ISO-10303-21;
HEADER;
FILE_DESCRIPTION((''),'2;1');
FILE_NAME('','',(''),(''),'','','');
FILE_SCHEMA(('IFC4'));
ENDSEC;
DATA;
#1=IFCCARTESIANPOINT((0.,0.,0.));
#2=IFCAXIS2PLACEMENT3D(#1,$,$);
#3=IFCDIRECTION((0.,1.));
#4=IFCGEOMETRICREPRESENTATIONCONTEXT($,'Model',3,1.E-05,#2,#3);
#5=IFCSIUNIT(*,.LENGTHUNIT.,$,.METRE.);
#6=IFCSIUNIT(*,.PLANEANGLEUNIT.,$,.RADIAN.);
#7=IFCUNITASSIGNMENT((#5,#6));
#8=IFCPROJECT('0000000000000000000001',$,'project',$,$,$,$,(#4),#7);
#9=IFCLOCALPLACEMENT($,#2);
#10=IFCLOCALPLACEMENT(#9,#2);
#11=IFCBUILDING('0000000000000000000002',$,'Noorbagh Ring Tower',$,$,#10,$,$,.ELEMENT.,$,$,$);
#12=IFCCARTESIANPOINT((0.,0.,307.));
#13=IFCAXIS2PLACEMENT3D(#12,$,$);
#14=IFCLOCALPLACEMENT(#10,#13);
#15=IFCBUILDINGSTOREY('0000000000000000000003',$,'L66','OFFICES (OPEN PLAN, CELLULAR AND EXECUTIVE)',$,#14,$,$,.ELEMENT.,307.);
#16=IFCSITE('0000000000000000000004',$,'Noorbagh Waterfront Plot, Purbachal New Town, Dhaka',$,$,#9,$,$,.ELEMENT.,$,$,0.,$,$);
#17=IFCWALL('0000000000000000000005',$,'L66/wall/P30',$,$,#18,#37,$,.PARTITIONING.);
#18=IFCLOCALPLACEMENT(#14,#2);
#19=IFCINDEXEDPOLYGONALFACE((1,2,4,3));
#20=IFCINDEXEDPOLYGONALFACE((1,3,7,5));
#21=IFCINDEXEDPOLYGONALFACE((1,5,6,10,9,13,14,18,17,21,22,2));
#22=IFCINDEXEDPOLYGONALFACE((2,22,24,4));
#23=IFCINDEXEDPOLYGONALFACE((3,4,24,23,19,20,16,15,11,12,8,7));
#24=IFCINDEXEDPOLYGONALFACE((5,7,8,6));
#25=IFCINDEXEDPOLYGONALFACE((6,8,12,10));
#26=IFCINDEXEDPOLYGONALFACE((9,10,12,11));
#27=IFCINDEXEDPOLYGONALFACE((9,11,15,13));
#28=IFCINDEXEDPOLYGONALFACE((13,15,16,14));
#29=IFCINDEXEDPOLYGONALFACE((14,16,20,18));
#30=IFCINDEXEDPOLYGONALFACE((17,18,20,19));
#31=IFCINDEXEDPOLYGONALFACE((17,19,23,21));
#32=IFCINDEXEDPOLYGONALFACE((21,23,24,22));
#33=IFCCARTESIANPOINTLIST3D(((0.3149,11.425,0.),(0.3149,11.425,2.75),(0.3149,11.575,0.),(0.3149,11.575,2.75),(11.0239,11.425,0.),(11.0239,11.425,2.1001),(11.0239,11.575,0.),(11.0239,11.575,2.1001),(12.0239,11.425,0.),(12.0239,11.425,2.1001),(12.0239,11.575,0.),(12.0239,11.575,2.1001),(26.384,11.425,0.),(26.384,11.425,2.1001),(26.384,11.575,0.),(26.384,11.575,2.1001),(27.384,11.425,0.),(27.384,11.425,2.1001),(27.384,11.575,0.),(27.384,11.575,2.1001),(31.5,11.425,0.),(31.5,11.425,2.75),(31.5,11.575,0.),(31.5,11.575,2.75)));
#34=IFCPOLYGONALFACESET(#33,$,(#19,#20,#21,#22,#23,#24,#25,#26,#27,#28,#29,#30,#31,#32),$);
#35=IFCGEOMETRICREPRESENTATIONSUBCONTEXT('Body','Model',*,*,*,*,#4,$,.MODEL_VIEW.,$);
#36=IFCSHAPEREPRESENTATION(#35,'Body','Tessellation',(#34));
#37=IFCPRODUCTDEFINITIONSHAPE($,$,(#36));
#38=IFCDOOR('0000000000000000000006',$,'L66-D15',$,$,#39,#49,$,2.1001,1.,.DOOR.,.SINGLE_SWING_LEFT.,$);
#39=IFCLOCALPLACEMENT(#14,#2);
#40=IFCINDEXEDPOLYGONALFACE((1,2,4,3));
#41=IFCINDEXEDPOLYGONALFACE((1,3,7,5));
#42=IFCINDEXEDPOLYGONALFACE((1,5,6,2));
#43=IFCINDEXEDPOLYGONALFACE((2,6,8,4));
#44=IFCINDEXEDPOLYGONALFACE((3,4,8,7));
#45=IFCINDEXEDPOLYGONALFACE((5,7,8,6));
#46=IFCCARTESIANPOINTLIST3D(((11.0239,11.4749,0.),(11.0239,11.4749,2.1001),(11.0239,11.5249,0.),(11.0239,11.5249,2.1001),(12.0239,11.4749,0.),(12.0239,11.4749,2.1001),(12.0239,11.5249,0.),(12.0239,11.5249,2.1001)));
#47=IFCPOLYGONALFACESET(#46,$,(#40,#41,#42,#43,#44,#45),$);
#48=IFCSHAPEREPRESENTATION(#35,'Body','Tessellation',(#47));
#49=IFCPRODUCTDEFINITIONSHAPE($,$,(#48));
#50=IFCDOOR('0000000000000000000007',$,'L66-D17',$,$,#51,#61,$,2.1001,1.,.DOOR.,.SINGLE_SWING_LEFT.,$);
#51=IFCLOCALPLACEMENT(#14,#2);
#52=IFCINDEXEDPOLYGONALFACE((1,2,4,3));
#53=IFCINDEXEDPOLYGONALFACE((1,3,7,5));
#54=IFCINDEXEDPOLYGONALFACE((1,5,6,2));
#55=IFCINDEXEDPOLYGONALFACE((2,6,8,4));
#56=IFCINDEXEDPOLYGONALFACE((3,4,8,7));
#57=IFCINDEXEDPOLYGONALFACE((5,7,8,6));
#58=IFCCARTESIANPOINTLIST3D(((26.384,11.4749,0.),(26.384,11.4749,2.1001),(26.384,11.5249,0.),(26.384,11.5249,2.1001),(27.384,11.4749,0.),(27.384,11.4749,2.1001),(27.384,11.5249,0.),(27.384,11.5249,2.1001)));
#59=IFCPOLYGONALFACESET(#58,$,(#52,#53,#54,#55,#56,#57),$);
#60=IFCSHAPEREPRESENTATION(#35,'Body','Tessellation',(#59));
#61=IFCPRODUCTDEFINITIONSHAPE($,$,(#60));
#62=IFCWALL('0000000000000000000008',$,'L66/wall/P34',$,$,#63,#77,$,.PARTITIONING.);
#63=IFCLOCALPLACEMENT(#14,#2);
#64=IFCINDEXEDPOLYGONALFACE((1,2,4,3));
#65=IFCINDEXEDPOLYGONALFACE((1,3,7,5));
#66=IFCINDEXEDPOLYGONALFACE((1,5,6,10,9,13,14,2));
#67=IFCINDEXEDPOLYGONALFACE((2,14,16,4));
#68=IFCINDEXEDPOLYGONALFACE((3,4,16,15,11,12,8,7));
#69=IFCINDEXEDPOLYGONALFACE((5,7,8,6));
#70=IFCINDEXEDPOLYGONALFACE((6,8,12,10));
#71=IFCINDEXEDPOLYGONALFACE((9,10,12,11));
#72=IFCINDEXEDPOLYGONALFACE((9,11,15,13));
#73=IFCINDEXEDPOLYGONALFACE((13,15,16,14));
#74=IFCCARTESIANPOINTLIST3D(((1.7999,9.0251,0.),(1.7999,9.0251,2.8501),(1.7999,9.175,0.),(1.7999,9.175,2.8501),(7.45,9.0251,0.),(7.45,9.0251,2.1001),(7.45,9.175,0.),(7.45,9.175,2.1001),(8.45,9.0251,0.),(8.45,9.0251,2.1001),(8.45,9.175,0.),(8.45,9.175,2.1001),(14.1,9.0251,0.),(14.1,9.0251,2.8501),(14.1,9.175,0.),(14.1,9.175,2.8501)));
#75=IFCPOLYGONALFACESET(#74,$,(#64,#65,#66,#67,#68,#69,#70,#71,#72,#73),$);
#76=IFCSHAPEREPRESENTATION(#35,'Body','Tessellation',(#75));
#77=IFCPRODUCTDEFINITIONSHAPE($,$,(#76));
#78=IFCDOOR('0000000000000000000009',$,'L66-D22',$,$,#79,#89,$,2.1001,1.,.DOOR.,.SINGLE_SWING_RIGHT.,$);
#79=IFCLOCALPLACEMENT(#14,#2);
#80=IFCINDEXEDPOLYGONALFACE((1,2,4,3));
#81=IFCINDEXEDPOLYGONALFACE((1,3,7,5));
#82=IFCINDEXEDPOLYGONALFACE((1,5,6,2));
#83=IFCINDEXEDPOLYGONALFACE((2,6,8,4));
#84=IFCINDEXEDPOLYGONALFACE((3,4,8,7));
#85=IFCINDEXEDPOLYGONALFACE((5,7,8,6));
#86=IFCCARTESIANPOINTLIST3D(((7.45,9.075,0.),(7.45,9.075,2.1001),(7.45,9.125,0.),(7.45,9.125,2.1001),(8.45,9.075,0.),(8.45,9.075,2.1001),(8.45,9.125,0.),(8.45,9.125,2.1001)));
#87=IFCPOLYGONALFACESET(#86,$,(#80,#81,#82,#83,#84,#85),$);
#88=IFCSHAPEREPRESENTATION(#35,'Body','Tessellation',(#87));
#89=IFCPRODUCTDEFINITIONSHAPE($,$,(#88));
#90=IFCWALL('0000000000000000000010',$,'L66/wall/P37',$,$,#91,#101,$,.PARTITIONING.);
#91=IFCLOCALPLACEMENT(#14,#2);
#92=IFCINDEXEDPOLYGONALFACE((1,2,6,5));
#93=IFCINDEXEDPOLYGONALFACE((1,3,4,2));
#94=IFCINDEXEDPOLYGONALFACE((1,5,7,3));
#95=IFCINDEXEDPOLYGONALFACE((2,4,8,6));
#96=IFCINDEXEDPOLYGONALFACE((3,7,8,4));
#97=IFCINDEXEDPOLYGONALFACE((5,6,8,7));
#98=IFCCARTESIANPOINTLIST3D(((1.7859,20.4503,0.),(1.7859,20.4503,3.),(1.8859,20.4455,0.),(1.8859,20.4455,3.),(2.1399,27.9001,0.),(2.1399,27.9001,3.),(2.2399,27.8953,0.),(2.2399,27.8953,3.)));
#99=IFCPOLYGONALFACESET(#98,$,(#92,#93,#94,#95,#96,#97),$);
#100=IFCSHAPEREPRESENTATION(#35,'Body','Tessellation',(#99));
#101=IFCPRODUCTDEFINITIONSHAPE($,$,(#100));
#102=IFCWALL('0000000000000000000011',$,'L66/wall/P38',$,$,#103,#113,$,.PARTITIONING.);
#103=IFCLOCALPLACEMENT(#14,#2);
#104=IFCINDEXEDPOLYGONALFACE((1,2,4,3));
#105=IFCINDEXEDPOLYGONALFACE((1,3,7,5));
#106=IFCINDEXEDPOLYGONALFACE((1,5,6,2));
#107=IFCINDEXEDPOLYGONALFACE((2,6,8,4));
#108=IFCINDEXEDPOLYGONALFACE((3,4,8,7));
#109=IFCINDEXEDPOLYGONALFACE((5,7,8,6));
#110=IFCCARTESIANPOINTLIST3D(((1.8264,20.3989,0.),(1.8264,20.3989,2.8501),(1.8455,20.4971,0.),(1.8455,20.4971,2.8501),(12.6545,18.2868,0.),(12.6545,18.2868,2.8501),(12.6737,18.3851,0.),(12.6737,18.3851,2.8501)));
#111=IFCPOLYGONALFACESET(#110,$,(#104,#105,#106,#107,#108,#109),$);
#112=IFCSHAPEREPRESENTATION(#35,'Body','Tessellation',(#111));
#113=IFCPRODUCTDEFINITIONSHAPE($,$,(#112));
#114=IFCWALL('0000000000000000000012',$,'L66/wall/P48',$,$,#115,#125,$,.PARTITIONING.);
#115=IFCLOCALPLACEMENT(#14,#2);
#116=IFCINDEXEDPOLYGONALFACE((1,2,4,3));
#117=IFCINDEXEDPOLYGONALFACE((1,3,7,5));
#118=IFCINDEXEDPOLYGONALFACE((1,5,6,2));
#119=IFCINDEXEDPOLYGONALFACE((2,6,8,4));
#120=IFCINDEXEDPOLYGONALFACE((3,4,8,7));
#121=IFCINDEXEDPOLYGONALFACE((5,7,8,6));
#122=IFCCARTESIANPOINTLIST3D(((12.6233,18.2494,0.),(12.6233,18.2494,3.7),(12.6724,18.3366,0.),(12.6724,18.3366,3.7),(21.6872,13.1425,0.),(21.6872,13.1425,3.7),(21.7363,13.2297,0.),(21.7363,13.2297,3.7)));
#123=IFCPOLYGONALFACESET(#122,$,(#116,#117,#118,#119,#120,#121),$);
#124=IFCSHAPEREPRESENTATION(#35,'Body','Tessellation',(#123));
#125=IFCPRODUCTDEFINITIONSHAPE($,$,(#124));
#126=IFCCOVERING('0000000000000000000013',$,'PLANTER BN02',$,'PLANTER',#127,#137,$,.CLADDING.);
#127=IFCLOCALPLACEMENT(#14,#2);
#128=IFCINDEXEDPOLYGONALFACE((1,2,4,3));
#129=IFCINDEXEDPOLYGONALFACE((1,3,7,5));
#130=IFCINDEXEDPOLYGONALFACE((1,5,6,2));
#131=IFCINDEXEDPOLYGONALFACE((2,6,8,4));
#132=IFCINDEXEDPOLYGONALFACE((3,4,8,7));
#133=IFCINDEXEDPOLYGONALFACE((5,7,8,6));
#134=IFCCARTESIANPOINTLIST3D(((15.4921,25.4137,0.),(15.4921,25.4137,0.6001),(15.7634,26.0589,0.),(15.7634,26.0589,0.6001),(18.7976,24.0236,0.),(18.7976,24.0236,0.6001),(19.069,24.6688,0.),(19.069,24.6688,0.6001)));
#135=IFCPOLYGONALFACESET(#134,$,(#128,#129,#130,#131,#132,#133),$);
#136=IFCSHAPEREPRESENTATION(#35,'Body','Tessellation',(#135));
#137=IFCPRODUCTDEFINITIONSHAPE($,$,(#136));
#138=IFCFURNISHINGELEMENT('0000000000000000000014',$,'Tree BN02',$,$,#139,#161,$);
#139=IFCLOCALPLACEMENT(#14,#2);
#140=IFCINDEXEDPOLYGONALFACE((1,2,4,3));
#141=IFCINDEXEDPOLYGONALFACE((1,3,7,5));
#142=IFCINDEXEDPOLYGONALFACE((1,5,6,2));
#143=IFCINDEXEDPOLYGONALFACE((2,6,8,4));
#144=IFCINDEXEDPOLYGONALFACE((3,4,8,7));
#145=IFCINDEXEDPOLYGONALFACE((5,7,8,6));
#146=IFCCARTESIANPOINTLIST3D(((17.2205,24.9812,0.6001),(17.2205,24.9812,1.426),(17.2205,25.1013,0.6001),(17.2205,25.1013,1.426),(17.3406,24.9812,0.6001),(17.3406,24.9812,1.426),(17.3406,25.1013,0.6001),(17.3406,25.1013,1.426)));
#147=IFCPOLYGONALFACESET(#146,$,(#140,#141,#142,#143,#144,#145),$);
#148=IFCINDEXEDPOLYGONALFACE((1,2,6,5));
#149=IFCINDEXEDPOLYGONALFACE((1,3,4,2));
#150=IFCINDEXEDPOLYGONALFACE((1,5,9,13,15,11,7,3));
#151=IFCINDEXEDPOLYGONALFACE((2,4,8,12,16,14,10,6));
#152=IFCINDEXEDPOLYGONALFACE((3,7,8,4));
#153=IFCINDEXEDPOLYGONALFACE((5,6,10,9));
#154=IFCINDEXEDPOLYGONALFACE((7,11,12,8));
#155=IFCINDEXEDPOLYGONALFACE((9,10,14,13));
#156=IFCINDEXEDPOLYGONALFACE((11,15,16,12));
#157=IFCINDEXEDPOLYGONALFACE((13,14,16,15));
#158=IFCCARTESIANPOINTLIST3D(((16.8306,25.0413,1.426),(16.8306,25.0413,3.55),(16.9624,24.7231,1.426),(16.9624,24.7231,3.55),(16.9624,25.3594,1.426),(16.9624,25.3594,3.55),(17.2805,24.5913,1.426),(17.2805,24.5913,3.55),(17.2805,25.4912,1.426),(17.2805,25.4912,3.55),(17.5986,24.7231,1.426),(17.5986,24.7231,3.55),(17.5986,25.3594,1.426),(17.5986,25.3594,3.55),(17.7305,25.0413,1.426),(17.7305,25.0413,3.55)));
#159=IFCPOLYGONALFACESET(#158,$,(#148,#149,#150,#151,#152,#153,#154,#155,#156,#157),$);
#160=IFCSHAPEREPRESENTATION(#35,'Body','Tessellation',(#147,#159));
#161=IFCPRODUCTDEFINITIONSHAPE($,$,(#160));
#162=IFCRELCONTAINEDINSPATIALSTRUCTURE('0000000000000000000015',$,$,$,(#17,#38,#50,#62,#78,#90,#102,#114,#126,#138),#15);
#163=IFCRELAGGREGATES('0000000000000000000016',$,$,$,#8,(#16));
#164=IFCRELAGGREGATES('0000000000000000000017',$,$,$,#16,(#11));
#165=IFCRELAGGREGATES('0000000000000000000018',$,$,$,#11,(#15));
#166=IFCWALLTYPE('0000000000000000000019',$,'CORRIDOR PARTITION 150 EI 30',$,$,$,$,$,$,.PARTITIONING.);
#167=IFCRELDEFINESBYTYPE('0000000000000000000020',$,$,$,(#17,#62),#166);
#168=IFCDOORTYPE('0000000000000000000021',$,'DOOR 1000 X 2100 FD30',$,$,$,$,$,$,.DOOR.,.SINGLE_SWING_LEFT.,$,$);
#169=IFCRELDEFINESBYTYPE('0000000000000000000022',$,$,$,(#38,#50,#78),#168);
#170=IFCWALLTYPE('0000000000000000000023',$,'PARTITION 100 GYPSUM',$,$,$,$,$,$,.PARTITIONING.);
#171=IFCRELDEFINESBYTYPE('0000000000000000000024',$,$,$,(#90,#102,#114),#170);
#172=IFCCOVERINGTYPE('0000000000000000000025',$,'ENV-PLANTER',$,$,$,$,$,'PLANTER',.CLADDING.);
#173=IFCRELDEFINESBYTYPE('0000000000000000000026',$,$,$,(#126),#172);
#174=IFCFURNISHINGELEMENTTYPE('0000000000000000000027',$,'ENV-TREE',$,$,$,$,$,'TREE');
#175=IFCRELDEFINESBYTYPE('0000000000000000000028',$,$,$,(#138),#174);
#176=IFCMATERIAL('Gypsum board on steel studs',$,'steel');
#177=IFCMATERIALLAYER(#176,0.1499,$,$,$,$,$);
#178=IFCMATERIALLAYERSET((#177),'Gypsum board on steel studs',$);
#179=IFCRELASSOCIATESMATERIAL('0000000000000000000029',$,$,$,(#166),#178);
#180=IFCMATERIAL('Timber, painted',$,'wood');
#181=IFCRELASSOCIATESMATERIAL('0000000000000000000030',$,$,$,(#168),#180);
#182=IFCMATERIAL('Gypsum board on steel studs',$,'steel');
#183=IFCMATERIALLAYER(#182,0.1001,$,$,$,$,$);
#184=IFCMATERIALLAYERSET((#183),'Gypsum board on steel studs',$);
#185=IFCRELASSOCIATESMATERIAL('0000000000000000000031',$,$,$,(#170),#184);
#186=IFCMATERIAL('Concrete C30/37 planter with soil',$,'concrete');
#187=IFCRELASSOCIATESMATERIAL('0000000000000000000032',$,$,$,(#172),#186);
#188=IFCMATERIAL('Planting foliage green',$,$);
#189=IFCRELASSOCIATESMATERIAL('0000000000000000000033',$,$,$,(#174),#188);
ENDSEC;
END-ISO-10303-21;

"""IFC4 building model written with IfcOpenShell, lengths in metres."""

from ifc_helpers import new_model, si_unit, direction, frame, frame_2d, origin, origin_2d, place, context, subcontext, project, spatial, polyline, rectangle, outline, extrude, material, layer, layer_set, type_object, element, fill, save


model = new_model("IFC4")

# Units and contexts
model_context = context("Model", 3, precision=1e-05, world=origin(), true_north=direction((0.0, 1.0)))
body_context = subcontext(model_context, "Body", "Model", "MODEL_VIEW")
ifc_project = project(units=[si_unit("LENGTHUNIT", "METRE"), si_unit("PLANEANGLEUNIT", "RADIAN")], contexts=[model_context])

# Site, building, storey
site_placement = place(None, origin())
site = spatial("IfcSite", under=ifc_project, at=site_placement, Name="Noorbagh Waterfront Plot, Purbachal New Town, Dhaka", CompositionType="ELEMENT", RefElevation=0.0)
building_placement = place(site_placement, origin())
building = spatial("IfcBuilding", under=site, at=building_placement, Name="Noorbagh Ring Tower", CompositionType="ELEMENT")
storey_placement = place(building_placement, frame((0.0, 0.0, 307.0)))
storey = spatial("IfcBuildingStorey", under=building, at=storey_placement, Name="L66", Description="OFFICES (OPEN PLAN, CELLULAR AND EXECUTIVE)", CompositionType="ELEMENT", Elevation=307.0)

# Shared definitions
ifc_material_1 = material(Name="Gypsum board on steel studs", Category="steel")
ifc_layer_1 = layer(ifc_material_1, 0.1499)
ifc_layer_set_1 = layer_set([ifc_layer_1], Name="Gypsum board on steel studs")
wall_type_1 = type_object("IfcWallType", Name="CORRIDOR PARTITION 150 EI 30", PredefinedType="PARTITIONING", material=ifc_layer_set_1)

# Wall, openings, doors
wall_1_placement = place(storey_placement, frame((0.3149, 11.5, 0.0), z_axis=(0.0, 0.0, 1.0), x_axis=(1.0, 0.0, 0.0)))
wall_1 = element("IfcWall", 1, at=wall_1_placement, inside=storey, type_object=wall_type_1, Name="L66/wall/P30", PredefinedType="PARTITIONING", context=body_context, shape_type="SweptSolid", body=[
    extrude(rectangle(XDim=31.1851, YDim=0.1499, at=frame_2d((15.5925, 0.0))), origin(), (0.0, 0.0, 1.0), 2.75),
])
opening_1_placement = place(wall_1_placement, frame((10.709, 0.0, 0.0)))
opening_1 = element("IfcOpeningElement", 2, at=opening_1_placement, cuts=wall_1, PredefinedType="OPENING", context=body_context, shape_type="SweptSolid", body=[
    extrude(rectangle(XDim=1.0, YDim=2.1001, at=frame_2d((0.5, 1.05))), frame((0.0, 0.085, 0.0), z_axis=(0.0, -1.0, 0.0), x_axis=(1.0, 0.0, 0.0)), (0.0, 0.0, 1.0), 0.1699),
])
opening_2_placement = place(wall_1_placement, frame((26.0691, 0.0, 0.0)))
opening_2 = element("IfcOpeningElement", 3, at=opening_2_placement, cuts=wall_1, PredefinedType="OPENING", context=body_context, shape_type="SweptSolid", body=[
    extrude(rectangle(XDim=1.0, YDim=2.1001, at=frame_2d((0.5, 1.05))), frame((0.0, 0.085, 0.0), z_axis=(0.0, -1.0, 0.0), x_axis=(1.0, 0.0, 0.0)), (0.0, 0.0, 1.0), 0.1699),
])
ifc_material_2 = material(Name="Timber, painted", Category="wood")
door_type = type_object("IfcDoorType", Name="DOOR 1000 X 2100 FD30", OperationType="SINGLE_SWING_LEFT", PredefinedType="DOOR", material=ifc_material_2)
door_1_placement = place(opening_1_placement, origin())
door_1 = element("IfcDoor", 4, at=door_1_placement, inside=storey, type_object=door_type, Name="L66-D15", OperationType="SINGLE_SWING_LEFT", OverallHeight=2.1001, OverallWidth=1.0, PredefinedType="DOOR", context=body_context, shape_type="SweptSolid", body=[
    extrude(rectangle(XDim=1.0, YDim=2.1001, at=frame_2d((0.5, 1.05))), frame((0.0, 0.0249, 0.0), z_axis=(0.0, -1.0, 0.0), x_axis=(1.0, 0.0, 0.0)), (0.0, 0.0, 1.0), 0.05),
])
fill(opening_1, door_1)
door_2_placement = place(opening_2_placement, origin())
door_2 = element("IfcDoor", 5, at=door_2_placement, inside=storey, type_object=door_type, Name="L66-D17", OperationType="SINGLE_SWING_LEFT", OverallHeight=2.1001, OverallWidth=1.0, PredefinedType="DOOR", context=body_context, shape_type="SweptSolid", body=[
    extrude(rectangle(XDim=1.0, YDim=2.1001, at=frame_2d((0.5, 1.05))), frame((0.0, 0.0249, 0.0), z_axis=(0.0, -1.0, 0.0), x_axis=(1.0, 0.0, 0.0)), (0.0, 0.0, 1.0), 0.05),
])
fill(opening_2, door_2)

# Wall, opening, door
wall_2_placement = place(storey_placement, frame((1.8, 9.1001, 0.0), z_axis=(0.0, 0.0, 1.0), x_axis=(1.0, 0.0, 0.0)))
wall_2 = element("IfcWall", 6, at=wall_2_placement, inside=storey, type_object=wall_type_1, Name="L66/wall/P34", PredefinedType="PARTITIONING", context=body_context, shape_type="SweptSolid", body=[
    extrude(rectangle(XDim=12.3, YDim=0.1499, at=frame_2d((6.1499, 0.0))), origin(), (0.0, 0.0, 1.0), 2.8501),
])
opening_3_placement = place(wall_2_placement, frame((5.6499, 0.0, 0.0)))
opening_3 = element("IfcOpeningElement", 7, at=opening_3_placement, cuts=wall_2, PredefinedType="OPENING", context=body_context, shape_type="SweptSolid", body=[
    extrude(rectangle(XDim=1.0, YDim=2.1001, at=frame_2d((0.5, 1.05))), frame((0.0, 0.085, 0.0), z_axis=(0.0, -1.0, 0.0), x_axis=(1.0, 0.0, 0.0)), (0.0, 0.0, 1.0), 0.1699),
])
door_3_placement = place(opening_3_placement, origin())
door_3 = element("IfcDoor", 8, at=door_3_placement, inside=storey, type_object=door_type, Name="L66-D22", OperationType="SINGLE_SWING_RIGHT", OverallHeight=2.1001, OverallWidth=1.0, PredefinedType="DOOR", context=body_context, shape_type="SweptSolid", body=[
    extrude(rectangle(XDim=1.0, YDim=2.1001, at=frame_2d((0.5, 1.05))), frame((0.0, 0.0249, 0.0), z_axis=(0.0, -1.0, 0.0), x_axis=(1.0, 0.0, 0.0)), (0.0, 0.0, 1.0), 0.05),
])
fill(opening_3, door_3)

# Walls
ifc_material_3 = material(Name="Gypsum board on steel studs", Category="steel")
ifc_layer_2 = layer(ifc_material_3, 0.1001)
ifc_layer_set_2 = layer_set([ifc_layer_2], Name="Gypsum board on steel studs")
wall_type_2 = type_object("IfcWallType", Name="PARTITION 100 GYPSUM", PredefinedType="PARTITIONING", material=ifc_layer_set_2)
wall_3_placement = place(storey_placement, frame((1.8359, 20.448, 0.0), z_axis=(0.0, 0.0, 1.0), x_axis=(0.047464, 0.998873, 0.0)))
element("IfcWall", 9, at=wall_3_placement, inside=storey, type_object=wall_type_2, Name="L66/wall/P37", PredefinedType="PARTITIONING", context=body_context, shape_type="SweptSolid", body=[
    extrude(rectangle(XDim=7.4583, YDim=0.1001, at=frame_2d((3.729, 0.0))), origin(), (0.0, 0.0, 1.0), 3.0),
])
wall_4_placement = place(storey_placement, frame((1.8359, 20.448, 0.0), z_axis=(0.0, 0.0, 1.0), x_axis=(0.981503, -0.191445, 0.0)))
element("IfcWall", 10, at=wall_4_placement, inside=storey, type_object=wall_type_2, Name="L66/wall/P38", PredefinedType="PARTITIONING", context=body_context, shape_type="SweptSolid", body=[
    extrude(rectangle(XDim=11.0322, YDim=0.1001, at=frame_2d((5.5161, 0.0))), origin(), (0.0, 0.0, 1.0), 2.8501),
])
wall_5_placement = place(storey_placement, frame((12.6479, 18.293, 0.0), z_axis=(0.0, 0.0, 1.0), x_axis=(0.871228, -0.490878, 0.0)))
element("IfcWall", 11, at=wall_5_placement, inside=storey, type_object=wall_type_2, Name="L66/wall/P48", PredefinedType="PARTITIONING", context=body_context, shape_type="SweptSolid", body=[
    extrude(rectangle(XDim=10.4036, YDim=0.1001, at=frame_2d((5.2017, 0.0))), origin(), (0.0, 0.0, 1.0), 3.7),
])

# Covering
ifc_material_4 = material(Name="Concrete C30/37 planter with soil", Category="concrete")
covering_type = type_object("IfcCoveringType", Name="ENV-PLANTER", ElementType="PLANTER", PredefinedType="CLADDING", material=ifc_material_4)
covering_placement = place(storey_placement, frame((17.2805, 25.0413, 0.0), z_axis=(0.0, 0.0, 1.0), x_axis=(-0.921812, 0.387638, 0.0)))
element("IfcCovering", 12, at=covering_placement, inside=storey, type_object=covering_type, Name="PLANTER BN02", ObjectType="PLANTER", PredefinedType="CLADDING", context=body_context, shape_type="SweptSolid", body=[
    extrude(rectangle(XDim=3.5859, YDim=0.7, at=origin_2d()), origin(), (0.0, 0.0, 1.0), 0.6001),
])

# Furnishing element
ifc_material_5 = material(Name="Planting foliage green")
furnishing_element_type = type_object("IfcFurnishingElementType", Name="ENV-TREE", ElementType="TREE", material=ifc_material_5)
furnishing_placement = place(storey_placement, frame((17.2805, 25.0413, 0.6001), z_axis=(0.0, 0.0, 1.0), x_axis=(1.0, 0.0, 0.0)))
element("IfcFurnishingElement", 13, at=furnishing_placement, inside=storey, type_object=furnishing_element_type, Name="Tree BN02", context=body_context, shape_type="SweptSolid", body=[
    extrude(rectangle(XDim=0.1201, YDim=0.1201, at=origin_2d()), origin(), (0.0, 0.0, 1.0), 0.8259),
    extrude(outline(polyline([(0.45, 0.0), (0.3181, 0.3181), (0.0, 0.45), (-0.3181, 0.3181), (-0.45, 0.0), (-0.3181, -0.3181), (0.0, -0.45), (0.3181, -0.3181), (0.45, 0.0)])), frame((0.0, 0.0, 0.8259)), (0.0, 0.0, 1.0), 2.124),
])

save(model, "model.ifc")
